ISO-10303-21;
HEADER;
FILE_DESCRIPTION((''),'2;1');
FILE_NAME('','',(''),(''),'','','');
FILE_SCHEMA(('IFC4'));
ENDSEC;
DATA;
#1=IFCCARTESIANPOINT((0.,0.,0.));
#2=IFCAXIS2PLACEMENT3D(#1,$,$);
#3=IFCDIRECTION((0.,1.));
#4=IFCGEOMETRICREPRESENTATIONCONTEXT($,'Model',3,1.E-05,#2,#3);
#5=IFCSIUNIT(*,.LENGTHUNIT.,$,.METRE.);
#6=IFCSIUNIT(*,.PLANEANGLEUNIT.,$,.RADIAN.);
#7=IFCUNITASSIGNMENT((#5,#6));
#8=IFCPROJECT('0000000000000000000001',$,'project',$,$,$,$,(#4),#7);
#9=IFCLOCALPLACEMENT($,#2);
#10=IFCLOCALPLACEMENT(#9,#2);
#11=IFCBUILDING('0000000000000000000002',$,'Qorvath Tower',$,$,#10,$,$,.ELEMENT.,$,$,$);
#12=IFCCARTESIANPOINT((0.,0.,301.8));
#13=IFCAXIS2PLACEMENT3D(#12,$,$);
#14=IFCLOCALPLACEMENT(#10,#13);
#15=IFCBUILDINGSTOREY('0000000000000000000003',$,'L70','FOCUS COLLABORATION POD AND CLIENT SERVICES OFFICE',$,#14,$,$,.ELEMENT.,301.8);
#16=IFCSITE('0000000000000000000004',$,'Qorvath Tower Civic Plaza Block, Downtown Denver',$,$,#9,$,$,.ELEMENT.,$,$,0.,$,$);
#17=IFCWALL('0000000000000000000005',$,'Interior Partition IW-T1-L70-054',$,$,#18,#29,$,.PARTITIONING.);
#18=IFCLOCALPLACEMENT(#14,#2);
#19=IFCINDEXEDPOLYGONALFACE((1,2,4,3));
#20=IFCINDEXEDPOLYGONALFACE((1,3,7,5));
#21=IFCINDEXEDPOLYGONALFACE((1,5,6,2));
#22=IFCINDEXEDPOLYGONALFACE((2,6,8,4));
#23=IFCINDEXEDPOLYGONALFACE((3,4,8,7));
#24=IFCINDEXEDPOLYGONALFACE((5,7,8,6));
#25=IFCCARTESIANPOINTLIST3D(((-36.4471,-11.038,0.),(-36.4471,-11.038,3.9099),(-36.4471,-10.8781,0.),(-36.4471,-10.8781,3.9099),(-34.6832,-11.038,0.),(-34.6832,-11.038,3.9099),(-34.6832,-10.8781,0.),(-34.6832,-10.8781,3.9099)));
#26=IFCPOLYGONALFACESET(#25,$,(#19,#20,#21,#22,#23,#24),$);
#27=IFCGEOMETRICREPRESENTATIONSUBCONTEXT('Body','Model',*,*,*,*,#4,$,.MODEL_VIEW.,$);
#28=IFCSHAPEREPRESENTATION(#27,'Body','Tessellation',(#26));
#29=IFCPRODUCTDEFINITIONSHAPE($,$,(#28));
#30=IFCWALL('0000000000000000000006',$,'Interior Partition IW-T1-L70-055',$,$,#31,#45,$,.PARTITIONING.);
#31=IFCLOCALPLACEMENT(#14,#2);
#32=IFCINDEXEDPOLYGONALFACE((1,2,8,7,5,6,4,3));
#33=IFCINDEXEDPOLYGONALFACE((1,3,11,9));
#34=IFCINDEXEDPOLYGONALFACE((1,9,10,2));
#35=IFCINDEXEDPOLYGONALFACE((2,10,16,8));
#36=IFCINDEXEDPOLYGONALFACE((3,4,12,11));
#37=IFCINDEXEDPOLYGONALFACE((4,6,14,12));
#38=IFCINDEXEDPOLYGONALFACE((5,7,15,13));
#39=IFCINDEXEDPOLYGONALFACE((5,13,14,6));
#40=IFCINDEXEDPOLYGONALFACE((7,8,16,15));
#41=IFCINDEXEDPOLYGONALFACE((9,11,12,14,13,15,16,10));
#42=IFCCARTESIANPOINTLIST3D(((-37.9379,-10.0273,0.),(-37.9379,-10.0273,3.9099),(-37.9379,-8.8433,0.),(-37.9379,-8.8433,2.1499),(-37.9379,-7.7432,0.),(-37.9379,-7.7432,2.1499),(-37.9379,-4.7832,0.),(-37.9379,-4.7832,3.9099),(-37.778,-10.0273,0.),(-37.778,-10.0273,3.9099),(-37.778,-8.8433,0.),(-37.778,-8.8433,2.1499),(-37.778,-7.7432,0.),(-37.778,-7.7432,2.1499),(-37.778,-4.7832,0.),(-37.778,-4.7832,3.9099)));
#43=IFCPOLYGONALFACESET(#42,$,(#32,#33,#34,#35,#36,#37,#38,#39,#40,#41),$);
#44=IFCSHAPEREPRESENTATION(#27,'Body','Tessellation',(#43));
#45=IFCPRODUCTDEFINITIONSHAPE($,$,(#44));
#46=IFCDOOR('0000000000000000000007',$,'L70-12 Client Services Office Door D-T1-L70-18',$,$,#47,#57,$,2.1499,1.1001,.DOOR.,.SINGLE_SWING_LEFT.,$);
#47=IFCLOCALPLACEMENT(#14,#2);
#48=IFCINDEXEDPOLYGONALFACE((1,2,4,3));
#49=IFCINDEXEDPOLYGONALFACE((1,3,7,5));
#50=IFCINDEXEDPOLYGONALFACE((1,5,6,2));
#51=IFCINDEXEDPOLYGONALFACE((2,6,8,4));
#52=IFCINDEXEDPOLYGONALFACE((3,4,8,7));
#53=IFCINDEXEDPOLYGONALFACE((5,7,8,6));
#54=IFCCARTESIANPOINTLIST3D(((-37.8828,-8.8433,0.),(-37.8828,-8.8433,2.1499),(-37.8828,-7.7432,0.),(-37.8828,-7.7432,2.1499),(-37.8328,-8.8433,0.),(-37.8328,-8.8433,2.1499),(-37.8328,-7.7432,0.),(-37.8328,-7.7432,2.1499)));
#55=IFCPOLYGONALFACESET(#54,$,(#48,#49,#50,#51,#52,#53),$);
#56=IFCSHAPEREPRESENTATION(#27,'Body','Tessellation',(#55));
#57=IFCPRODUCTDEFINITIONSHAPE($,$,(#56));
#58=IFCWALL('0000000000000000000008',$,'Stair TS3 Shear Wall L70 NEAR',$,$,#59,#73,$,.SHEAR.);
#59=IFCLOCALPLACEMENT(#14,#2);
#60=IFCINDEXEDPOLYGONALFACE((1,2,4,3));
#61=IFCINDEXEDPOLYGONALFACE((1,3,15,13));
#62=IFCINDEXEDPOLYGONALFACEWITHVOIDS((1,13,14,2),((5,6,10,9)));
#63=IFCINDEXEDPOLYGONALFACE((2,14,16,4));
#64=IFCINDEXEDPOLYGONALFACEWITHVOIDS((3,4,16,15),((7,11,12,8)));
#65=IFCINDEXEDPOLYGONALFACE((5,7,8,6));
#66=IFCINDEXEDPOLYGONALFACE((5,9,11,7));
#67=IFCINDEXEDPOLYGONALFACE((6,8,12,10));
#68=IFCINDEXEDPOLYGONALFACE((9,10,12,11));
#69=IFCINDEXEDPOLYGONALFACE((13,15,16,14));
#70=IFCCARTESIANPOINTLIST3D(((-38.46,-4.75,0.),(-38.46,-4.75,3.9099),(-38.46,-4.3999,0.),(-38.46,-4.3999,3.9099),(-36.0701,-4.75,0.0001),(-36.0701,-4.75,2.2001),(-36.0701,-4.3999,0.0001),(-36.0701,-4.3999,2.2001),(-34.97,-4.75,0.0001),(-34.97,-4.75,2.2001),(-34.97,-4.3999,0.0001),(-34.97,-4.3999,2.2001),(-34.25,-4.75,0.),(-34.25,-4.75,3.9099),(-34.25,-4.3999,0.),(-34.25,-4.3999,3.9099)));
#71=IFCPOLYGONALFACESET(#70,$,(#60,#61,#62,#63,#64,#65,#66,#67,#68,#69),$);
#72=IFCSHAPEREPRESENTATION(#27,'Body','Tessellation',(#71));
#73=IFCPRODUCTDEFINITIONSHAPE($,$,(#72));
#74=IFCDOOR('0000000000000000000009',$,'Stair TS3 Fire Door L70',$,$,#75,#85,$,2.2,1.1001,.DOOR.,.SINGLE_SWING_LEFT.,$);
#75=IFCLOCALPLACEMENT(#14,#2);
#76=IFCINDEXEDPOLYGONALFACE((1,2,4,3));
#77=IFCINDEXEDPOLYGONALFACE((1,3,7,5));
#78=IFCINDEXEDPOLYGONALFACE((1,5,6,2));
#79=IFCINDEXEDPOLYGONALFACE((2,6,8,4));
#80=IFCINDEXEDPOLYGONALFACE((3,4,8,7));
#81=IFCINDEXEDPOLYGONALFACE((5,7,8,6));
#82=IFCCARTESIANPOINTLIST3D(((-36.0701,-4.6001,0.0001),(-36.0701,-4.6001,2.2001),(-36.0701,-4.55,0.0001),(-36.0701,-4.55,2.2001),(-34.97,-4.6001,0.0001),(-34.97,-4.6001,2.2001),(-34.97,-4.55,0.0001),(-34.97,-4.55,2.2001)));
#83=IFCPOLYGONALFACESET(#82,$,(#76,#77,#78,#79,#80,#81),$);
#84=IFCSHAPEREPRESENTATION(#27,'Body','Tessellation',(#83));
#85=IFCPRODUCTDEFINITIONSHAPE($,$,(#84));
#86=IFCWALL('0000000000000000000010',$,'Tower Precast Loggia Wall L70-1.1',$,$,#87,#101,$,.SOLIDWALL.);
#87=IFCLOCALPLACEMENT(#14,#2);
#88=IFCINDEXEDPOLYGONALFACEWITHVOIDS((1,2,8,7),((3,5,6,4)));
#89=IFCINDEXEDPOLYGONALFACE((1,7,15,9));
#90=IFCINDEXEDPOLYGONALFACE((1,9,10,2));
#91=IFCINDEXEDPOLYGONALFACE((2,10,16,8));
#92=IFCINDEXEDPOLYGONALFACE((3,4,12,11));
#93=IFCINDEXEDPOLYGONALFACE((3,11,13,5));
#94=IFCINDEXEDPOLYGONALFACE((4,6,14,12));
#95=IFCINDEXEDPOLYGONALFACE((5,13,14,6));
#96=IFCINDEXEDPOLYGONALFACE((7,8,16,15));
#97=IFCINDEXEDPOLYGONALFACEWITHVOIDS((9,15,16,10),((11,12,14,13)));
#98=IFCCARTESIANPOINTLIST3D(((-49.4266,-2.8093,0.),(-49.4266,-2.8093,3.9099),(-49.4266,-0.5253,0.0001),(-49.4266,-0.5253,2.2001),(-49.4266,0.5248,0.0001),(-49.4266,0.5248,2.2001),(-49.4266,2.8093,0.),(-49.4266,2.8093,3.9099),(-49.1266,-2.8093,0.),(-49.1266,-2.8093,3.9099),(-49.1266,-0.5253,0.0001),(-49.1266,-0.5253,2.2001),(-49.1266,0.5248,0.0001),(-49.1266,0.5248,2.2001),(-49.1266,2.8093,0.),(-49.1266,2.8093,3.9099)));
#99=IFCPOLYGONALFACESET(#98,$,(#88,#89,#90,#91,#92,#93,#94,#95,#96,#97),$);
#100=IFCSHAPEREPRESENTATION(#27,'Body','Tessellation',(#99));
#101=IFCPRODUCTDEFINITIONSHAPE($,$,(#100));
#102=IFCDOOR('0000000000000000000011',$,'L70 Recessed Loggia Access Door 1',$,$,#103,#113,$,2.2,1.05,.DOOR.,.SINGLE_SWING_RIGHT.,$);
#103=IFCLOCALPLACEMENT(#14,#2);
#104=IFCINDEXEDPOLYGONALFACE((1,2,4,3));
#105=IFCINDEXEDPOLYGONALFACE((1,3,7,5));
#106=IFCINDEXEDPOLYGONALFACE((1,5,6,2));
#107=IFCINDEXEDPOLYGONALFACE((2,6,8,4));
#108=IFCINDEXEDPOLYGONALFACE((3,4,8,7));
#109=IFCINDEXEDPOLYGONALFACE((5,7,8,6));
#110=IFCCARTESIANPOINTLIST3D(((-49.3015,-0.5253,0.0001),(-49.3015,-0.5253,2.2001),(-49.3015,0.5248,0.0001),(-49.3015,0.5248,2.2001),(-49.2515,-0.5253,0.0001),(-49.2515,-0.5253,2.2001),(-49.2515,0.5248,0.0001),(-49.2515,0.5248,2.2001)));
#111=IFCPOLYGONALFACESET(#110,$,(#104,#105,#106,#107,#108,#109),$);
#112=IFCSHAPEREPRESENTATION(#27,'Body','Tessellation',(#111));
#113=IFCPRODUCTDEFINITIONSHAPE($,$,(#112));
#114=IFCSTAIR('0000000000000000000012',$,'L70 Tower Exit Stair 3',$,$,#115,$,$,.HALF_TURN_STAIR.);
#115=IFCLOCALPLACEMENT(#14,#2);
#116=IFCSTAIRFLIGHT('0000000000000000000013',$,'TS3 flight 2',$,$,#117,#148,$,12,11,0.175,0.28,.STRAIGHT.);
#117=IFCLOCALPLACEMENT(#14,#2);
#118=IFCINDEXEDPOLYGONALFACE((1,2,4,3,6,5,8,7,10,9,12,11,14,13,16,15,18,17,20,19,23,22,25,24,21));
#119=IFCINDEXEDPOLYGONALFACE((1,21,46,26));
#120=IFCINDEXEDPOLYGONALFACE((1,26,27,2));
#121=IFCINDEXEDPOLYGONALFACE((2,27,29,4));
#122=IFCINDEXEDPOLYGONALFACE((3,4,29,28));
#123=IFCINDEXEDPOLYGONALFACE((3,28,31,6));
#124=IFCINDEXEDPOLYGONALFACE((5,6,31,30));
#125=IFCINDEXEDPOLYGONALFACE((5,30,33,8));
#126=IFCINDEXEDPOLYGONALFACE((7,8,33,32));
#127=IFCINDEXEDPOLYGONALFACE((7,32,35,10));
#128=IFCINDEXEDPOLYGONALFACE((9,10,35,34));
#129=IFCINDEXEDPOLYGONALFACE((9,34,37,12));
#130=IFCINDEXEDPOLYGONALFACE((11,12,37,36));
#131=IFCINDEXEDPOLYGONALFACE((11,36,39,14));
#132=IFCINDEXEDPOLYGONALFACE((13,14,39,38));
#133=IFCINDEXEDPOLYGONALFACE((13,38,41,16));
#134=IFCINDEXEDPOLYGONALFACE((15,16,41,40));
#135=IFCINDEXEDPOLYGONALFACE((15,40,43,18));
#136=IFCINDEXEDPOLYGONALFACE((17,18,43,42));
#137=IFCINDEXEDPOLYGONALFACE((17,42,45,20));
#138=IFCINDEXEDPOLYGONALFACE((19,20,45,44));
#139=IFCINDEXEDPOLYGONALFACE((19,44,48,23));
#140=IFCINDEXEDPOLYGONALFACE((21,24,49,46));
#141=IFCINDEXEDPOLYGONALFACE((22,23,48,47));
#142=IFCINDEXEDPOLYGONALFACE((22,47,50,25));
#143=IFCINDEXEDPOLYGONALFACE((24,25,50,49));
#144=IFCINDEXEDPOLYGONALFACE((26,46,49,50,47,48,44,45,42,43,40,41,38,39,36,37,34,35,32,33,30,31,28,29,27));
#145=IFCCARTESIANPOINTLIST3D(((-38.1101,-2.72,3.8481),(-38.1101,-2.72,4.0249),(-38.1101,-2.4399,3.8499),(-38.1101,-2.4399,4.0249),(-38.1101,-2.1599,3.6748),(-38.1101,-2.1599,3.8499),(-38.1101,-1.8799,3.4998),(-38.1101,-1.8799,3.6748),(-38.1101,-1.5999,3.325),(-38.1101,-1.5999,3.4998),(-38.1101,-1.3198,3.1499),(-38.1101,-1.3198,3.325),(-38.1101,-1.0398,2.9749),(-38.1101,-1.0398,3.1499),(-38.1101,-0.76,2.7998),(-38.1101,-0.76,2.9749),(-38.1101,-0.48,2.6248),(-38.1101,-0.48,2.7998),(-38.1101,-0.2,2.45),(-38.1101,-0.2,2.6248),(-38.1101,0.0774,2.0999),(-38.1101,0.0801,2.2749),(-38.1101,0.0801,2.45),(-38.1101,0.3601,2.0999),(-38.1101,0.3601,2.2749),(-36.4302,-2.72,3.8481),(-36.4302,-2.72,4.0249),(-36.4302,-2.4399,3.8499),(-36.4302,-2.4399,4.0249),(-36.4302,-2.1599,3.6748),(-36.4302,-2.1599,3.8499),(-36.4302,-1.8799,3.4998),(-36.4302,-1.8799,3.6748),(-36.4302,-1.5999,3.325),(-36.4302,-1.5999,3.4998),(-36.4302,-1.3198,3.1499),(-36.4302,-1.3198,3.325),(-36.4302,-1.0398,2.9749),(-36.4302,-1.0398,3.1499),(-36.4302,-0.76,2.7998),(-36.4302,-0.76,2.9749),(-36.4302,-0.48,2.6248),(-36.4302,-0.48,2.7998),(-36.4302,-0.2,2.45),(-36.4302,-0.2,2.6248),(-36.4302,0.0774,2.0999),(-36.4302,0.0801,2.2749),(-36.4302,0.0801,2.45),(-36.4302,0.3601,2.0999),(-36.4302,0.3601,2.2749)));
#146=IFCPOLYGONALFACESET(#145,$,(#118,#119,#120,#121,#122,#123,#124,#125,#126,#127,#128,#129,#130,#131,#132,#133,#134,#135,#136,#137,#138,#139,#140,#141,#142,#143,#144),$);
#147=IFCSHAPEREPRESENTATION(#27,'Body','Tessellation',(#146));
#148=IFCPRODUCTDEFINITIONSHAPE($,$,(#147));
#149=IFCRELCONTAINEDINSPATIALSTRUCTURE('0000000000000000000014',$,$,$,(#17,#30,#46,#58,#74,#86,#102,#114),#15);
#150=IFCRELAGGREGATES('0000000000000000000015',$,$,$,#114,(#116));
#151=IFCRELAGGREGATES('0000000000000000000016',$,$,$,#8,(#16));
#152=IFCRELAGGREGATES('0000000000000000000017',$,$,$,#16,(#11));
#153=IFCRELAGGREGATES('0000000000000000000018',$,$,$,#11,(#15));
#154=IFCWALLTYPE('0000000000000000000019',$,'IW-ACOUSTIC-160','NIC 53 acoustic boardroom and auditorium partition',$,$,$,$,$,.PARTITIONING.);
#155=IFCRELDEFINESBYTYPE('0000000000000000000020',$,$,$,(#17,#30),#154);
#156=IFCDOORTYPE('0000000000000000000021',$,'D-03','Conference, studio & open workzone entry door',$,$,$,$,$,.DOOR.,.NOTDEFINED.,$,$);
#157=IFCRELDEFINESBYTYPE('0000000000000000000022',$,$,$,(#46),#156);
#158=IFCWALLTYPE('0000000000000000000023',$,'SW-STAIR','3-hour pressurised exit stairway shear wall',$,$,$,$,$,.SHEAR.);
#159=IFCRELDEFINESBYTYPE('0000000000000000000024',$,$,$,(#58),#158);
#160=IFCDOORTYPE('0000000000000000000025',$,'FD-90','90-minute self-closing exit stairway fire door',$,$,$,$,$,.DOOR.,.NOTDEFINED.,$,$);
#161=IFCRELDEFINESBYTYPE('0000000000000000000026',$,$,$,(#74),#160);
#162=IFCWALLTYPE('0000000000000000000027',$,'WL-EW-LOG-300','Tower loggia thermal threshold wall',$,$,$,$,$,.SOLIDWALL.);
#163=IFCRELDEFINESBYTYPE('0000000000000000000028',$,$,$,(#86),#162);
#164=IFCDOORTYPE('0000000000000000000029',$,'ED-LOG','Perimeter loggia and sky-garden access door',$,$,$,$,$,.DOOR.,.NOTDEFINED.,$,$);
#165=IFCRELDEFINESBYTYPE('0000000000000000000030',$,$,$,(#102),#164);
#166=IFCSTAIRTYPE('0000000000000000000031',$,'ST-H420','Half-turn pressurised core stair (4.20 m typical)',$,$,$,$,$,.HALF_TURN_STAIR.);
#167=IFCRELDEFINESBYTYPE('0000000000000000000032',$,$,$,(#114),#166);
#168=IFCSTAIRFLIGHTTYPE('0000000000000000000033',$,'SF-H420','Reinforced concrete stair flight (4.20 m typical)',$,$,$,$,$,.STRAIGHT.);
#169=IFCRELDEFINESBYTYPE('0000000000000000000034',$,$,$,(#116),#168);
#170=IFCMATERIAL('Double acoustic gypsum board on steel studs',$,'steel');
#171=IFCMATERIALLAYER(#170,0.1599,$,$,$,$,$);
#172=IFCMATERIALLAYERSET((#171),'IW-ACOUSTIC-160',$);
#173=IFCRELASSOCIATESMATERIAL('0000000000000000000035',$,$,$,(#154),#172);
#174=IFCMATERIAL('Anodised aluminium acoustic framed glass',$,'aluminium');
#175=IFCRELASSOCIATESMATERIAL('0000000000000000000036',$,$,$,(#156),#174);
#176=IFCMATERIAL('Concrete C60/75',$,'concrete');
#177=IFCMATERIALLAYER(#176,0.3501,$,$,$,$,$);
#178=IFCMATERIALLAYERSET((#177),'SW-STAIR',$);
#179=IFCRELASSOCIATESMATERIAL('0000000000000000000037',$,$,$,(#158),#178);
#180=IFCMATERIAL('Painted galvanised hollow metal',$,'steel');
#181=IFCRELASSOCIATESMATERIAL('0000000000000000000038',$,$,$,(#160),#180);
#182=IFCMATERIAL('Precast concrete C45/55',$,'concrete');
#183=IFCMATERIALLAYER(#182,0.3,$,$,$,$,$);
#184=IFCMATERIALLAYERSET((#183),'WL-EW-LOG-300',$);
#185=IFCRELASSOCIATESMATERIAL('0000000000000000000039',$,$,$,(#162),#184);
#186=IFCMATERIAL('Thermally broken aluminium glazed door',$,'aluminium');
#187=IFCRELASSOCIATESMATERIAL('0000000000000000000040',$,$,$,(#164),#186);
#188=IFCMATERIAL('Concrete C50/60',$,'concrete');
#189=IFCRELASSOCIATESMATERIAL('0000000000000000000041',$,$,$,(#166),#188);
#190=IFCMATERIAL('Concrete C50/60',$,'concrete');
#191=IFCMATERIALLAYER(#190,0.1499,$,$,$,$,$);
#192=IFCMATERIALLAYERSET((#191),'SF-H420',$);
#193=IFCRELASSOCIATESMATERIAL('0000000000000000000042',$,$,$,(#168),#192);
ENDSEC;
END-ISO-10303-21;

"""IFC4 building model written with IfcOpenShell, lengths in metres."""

from ifc_helpers import new_model, si_unit, direction, frame, frame_2d, origin, place, context, subcontext, project, spatial, polyline, rectangle, outline, extrude, material, layer, layer_set, type_object, element, fill, aggregate, save


model = new_model("IFC4")

# Units and contexts
model_context = context("Model", 3, precision=1e-05, world=origin(), true_north=direction((0.0, 1.0)))
body_context = subcontext(model_context, "Body", "Model", "MODEL_VIEW")
ifc_project = project(units=[si_unit("LENGTHUNIT", "METRE"), si_unit("PLANEANGLEUNIT", "RADIAN")], contexts=[model_context])

# Site, building, storey
site_placement = place(None, origin())
site = spatial("IfcSite", under=ifc_project, at=site_placement, Name="Qorvath Tower Civic Plaza Block, Downtown Denver", CompositionType="ELEMENT", RefElevation=0.0)
building_placement = place(site_placement, origin())
building = spatial("IfcBuilding", under=site, at=building_placement, Name="Qorvath Tower", CompositionType="ELEMENT")
storey_placement = place(building_placement, frame((0.0, 0.0, 301.8)))
storey = spatial("IfcBuildingStorey", under=building, at=storey_placement, Name="L70", Description="FOCUS COLLABORATION POD AND CLIENT SERVICES OFFICE", CompositionType="ELEMENT", Elevation=301.8)

# Wall
ifc_material_1 = material(Name="Double acoustic gypsum board on steel studs", Category="steel")
ifc_layer_1 = layer(ifc_material_1, 0.1599)
ifc_layer_set_1 = layer_set([ifc_layer_1], Name="IW-ACOUSTIC-160")
wall_type_1 = type_object("IfcWallType", Name="IW-ACOUSTIC-160", Description="NIC 53 acoustic boardroom and auditorium partition", PredefinedType="PARTITIONING", material=ifc_layer_set_1)
wall_1_placement = place(storey_placement, frame((-36.447, -10.958, 0.0), z_axis=(0.0, 0.0, 1.0), x_axis=(1.0, 0.0, 0.0)))
element("IfcWall", 1, at=wall_1_placement, inside=storey, type_object=wall_type_1, Name="Interior Partition IW-T1-L70-054", PredefinedType="PARTITIONING", context=body_context, shape_type="SweptSolid", body=[
    extrude(rectangle(XDim=1.7639, YDim=0.1599, at=frame_2d((0.8818, 0.0))), origin(), (0.0, 0.0, 1.0), 3.9099),
])

# Walls, openings, doors
wall_2_placement = place(storey_placement, frame((-37.8579, -10.0273, 0.0), z_axis=(0.0, 0.0, 1.0), x_axis=(0.0, 1.0, 0.0)))
wall_2 = element("IfcWall", 2, at=wall_2_placement, inside=storey, type_object=wall_type_1, Name="Interior Partition IW-T1-L70-055", PredefinedType="PARTITIONING", context=body_context, shape_type="SweptSolid", body=[
    extrude(rectangle(XDim=5.2441, YDim=0.1599, at=frame_2d((2.6221, 0.0))), origin(), (0.0, 0.0, 1.0), 3.9099),
])
opening_1_placement = place(wall_2_placement, frame((1.1841, 0.0, 0.0)))
opening_1 = element("IfcOpeningElement", 3, at=opening_1_placement, cuts=wall_2, PredefinedType="OPENING", context=body_context, shape_type="SweptSolid", body=[
    extrude(rectangle(XDim=1.1001, YDim=2.1499, at=frame_2d((0.55, 1.075))), frame((0.0, 0.0898, 0.0), z_axis=(0.0, -1.0, 0.0), x_axis=(1.0, 0.0, 0.0)), (0.0, 0.0, 1.0), 0.1799),
])
ifc_material_2 = material(Name="Anodised aluminium acoustic framed glass", Category="aluminium")
door_type_1 = type_object("IfcDoorType", Name="D-03", Description="Conference, studio & open workzone entry door", OperationType="NOTDEFINED", PredefinedType="DOOR", material=ifc_material_2)
door_1_placement = place(opening_1_placement, origin())
door_1 = element("IfcDoor", 4, at=door_1_placement, inside=storey, type_object=door_type_1, Name="L70-12 Client Services Office Door D-T1-L70-18", OperationType="SINGLE_SWING_LEFT", OverallHeight=2.1499, OverallWidth=1.1001, PredefinedType="DOOR", context=body_context, shape_type="SweptSolid", body=[
    extrude(rectangle(XDim=1.1001, YDim=2.1499, at=frame_2d((0.55, 1.075))), frame((0.0, 0.0249, 0.0), z_axis=(0.0, -1.0, 0.0), x_axis=(1.0, 0.0, 0.0)), (0.0, 0.0, 1.0), 0.05),
])
fill(opening_1, door_1)
ifc_material_3 = material(Name="Concrete C60/75", Category="concrete")
ifc_layer_2 = layer(ifc_material_3, 0.3501)
ifc_layer_set_2 = layer_set([ifc_layer_2], Name="SW-STAIR")
wall_type_2 = type_object("IfcWallType", Name="SW-STAIR", Description="3-hour pressurised exit stairway shear wall", PredefinedType="SHEAR", material=ifc_layer_set_2)
wall_3_placement = place(storey_placement, frame((-38.46, -4.575, 0.0), z_axis=(0.0, 0.0, 1.0), x_axis=(1.0, 0.0, 0.0)))
wall_3 = element("IfcWall", 5, at=wall_3_placement, inside=storey, type_object=wall_type_2, Name="Stair TS3 Shear Wall L70 NEAR", PredefinedType="SHEAR", context=body_context, shape_type="SweptSolid", body=[
    extrude(rectangle(XDim=4.21, YDim=0.3501, at=frame_2d((2.105, 0.0))), origin(), (0.0, 0.0, 1.0), 3.9099),
])
opening_2_placement = place(wall_3_placement, frame((2.3899, 0.0, 0.0)))
opening_2 = element("IfcOpeningElement", 6, at=opening_2_placement, cuts=wall_3, PredefinedType="OPENING", context=body_context, shape_type="SweptSolid", body=[
    extrude(rectangle(XDim=1.1001, YDim=2.2, at=frame_2d((0.55, 1.1001))), frame((0.0, 0.1851, 0.0), z_axis=(0.0, -1.0, 0.0), x_axis=(1.0, 0.0, 0.0)), (0.0, 0.0, 1.0), 0.3701),
])
ifc_material_4 = material(Name="Painted galvanised hollow metal", Category="steel")
door_type_2 = type_object("IfcDoorType", Name="FD-90", Description="90-minute self-closing exit stairway fire door", OperationType="NOTDEFINED", PredefinedType="DOOR", material=ifc_material_4)
door_2_placement = place(opening_2_placement, origin())
door_2 = element("IfcDoor", 7, at=door_2_placement, inside=storey, type_object=door_type_2, Name="Stair TS3 Fire Door L70", OperationType="SINGLE_SWING_LEFT", OverallHeight=2.2, OverallWidth=1.1001, PredefinedType="DOOR", context=body_context, shape_type="SweptSolid", body=[
    extrude(rectangle(XDim=1.1001, YDim=2.2, at=frame_2d((0.55, 1.1001))), frame((0.0, 0.0249, 0.0), z_axis=(0.0, -1.0, 0.0), x_axis=(1.0, 0.0, 0.0)), (0.0, 0.0, 1.0), 0.05),
])
fill(opening_2, door_2)
ifc_material_5 = material(Name="Precast concrete C45/55", Category="concrete")
ifc_layer_3 = layer(ifc_material_5, 0.3)
ifc_layer_set_3 = layer_set([ifc_layer_3], Name="WL-EW-LOG-300")
wall_type_3 = type_object("IfcWallType", Name="WL-EW-LOG-300", Description="Tower loggia thermal threshold wall", PredefinedType="SOLIDWALL", material=ifc_layer_set_3)
wall_4_placement = place(storey_placement, frame((-49.2766, -2.8093, 0.0), z_axis=(0.0, 0.0, 1.0), x_axis=(0.0, 1.0, 0.0)))
wall_4 = element("IfcWall", 8, at=wall_4_placement, inside=storey, type_object=wall_type_3, Name="Tower Precast Loggia Wall L70-1.1", PredefinedType="SOLIDWALL", context=body_context, shape_type="SweptSolid", body=[
    extrude(rectangle(XDim=5.6187, YDim=0.3, at=frame_2d((2.8093, 0.0))), origin(), (0.0, 0.0, 1.0), 3.9099),
])
opening_3_placement = place(wall_4_placement, frame((2.2842, 0.0, 0.0)))
opening_3 = element("IfcOpeningElement", 9, at=opening_3_placement, cuts=wall_4, PredefinedType="OPENING", context=body_context, shape_type="SweptSolid", body=[
    extrude(rectangle(XDim=1.05, YDim=2.2, at=frame_2d((0.5249, 1.1001))), frame((0.0, 0.1602, 0.0), z_axis=(0.0, -1.0, 0.0), x_axis=(1.0, 0.0, 0.0)), (0.0, 0.0, 1.0), 0.3201),
])
ifc_material_6 = material(Name="Thermally broken aluminium glazed door", Category="aluminium")
door_type_3 = type_object("IfcDoorType", Name="ED-LOG", Description="Perimeter loggia and sky-garden access door", OperationType="NOTDEFINED", PredefinedType="DOOR", material=ifc_material_6)
door_3_placement = place(opening_3_placement, origin())
door_3 = element("IfcDoor", 10, at=door_3_placement, inside=storey, type_object=door_type_3, Name="L70 Recessed Loggia Access Door 1", OperationType="SINGLE_SWING_RIGHT", OverallHeight=2.2, OverallWidth=1.05, PredefinedType="DOOR", context=body_context, shape_type="SweptSolid", body=[
    extrude(rectangle(XDim=1.05, YDim=2.2, at=frame_2d((0.5249, 1.1001))), frame((0.0, 0.0249, 0.0), z_axis=(0.0, -1.0, 0.0), x_axis=(1.0, 0.0, 0.0)), (0.0, 0.0, 1.0), 0.05),
])
fill(opening_3, door_3)

# Stair, stair flight
ifc_material_7 = material(Name="Concrete C50/60", Category="concrete")
stair_type = type_object("IfcStairType", Name="ST-H420", Description="Half-turn pressurised core stair (4.20 m typical)", PredefinedType="HALF_TURN_STAIR", material=ifc_material_7)
stair_placement = place(storey_placement, origin())
stair = element("IfcStair", 11, at=stair_placement, inside=storey, type_object=stair_type, Name="L70 Tower Exit Stair 3", PredefinedType="HALF_TURN_STAIR")
ifc_material_8 = material(Name="Concrete C50/60", Category="concrete")
ifc_layer_4 = layer(ifc_material_8, 0.1499)
ifc_layer_set_4 = layer_set([ifc_layer_4], Name="SF-H420")
stair_flight_type = type_object("IfcStairFlightType", Name="SF-H420", Description="Reinforced concrete stair flight (4.20 m typical)", PredefinedType="STRAIGHT", material=ifc_layer_set_4)
stair_flight_placement = place(storey_placement, frame((-37.27, 0.3601, 2.0999), z_axis=(0.0, 0.0, 1.0), x_axis=(0.0, -1.0, 0.0)))
stair_flight = element("IfcStairFlight", 12, at=stair_flight_placement, type_object=stair_flight_type, Name="TS3 flight 2", NumberOfRisers=12, NumberOfTreads=11, PredefinedType="STRAIGHT", RiserHeight=0.175, TreadLength=0.28, context=body_context, shape_type="SweptSolid", body=[
    extrude(outline(polyline([(0.0, 0.0), (0.0, 0.175), (0.28, 0.175), (0.28, 0.3501), (0.5601, 0.3501), (0.5601, 0.5249), (0.8401, 0.5249), (0.8401, 0.7), (1.1201, 0.7), (1.1201, 0.875), (1.3999, 0.875), (1.3999, 1.05), (1.6799, 1.05), (1.6799, 1.2251), (1.96, 1.2251), (1.96, 1.3999), (2.24, 1.3999), (2.24, 1.575), (2.52, 1.575), (2.52, 1.75), (2.8, 1.75), (2.8, 1.925), (3.0801, 1.925), (3.0801, 2.1001), (3.0801, 1.7483), (0.2827, 0.0), (0.0, 0.0)])), frame((0.0, 0.8398, 0.0), z_axis=(0.0, -1.0, 0.0), x_axis=(1.0, 0.0, 0.0)), (0.0, 0.0, 1.0), 1.6799),
])
aggregate(stair, [stair_flight])

save(model, "model.ifc")
